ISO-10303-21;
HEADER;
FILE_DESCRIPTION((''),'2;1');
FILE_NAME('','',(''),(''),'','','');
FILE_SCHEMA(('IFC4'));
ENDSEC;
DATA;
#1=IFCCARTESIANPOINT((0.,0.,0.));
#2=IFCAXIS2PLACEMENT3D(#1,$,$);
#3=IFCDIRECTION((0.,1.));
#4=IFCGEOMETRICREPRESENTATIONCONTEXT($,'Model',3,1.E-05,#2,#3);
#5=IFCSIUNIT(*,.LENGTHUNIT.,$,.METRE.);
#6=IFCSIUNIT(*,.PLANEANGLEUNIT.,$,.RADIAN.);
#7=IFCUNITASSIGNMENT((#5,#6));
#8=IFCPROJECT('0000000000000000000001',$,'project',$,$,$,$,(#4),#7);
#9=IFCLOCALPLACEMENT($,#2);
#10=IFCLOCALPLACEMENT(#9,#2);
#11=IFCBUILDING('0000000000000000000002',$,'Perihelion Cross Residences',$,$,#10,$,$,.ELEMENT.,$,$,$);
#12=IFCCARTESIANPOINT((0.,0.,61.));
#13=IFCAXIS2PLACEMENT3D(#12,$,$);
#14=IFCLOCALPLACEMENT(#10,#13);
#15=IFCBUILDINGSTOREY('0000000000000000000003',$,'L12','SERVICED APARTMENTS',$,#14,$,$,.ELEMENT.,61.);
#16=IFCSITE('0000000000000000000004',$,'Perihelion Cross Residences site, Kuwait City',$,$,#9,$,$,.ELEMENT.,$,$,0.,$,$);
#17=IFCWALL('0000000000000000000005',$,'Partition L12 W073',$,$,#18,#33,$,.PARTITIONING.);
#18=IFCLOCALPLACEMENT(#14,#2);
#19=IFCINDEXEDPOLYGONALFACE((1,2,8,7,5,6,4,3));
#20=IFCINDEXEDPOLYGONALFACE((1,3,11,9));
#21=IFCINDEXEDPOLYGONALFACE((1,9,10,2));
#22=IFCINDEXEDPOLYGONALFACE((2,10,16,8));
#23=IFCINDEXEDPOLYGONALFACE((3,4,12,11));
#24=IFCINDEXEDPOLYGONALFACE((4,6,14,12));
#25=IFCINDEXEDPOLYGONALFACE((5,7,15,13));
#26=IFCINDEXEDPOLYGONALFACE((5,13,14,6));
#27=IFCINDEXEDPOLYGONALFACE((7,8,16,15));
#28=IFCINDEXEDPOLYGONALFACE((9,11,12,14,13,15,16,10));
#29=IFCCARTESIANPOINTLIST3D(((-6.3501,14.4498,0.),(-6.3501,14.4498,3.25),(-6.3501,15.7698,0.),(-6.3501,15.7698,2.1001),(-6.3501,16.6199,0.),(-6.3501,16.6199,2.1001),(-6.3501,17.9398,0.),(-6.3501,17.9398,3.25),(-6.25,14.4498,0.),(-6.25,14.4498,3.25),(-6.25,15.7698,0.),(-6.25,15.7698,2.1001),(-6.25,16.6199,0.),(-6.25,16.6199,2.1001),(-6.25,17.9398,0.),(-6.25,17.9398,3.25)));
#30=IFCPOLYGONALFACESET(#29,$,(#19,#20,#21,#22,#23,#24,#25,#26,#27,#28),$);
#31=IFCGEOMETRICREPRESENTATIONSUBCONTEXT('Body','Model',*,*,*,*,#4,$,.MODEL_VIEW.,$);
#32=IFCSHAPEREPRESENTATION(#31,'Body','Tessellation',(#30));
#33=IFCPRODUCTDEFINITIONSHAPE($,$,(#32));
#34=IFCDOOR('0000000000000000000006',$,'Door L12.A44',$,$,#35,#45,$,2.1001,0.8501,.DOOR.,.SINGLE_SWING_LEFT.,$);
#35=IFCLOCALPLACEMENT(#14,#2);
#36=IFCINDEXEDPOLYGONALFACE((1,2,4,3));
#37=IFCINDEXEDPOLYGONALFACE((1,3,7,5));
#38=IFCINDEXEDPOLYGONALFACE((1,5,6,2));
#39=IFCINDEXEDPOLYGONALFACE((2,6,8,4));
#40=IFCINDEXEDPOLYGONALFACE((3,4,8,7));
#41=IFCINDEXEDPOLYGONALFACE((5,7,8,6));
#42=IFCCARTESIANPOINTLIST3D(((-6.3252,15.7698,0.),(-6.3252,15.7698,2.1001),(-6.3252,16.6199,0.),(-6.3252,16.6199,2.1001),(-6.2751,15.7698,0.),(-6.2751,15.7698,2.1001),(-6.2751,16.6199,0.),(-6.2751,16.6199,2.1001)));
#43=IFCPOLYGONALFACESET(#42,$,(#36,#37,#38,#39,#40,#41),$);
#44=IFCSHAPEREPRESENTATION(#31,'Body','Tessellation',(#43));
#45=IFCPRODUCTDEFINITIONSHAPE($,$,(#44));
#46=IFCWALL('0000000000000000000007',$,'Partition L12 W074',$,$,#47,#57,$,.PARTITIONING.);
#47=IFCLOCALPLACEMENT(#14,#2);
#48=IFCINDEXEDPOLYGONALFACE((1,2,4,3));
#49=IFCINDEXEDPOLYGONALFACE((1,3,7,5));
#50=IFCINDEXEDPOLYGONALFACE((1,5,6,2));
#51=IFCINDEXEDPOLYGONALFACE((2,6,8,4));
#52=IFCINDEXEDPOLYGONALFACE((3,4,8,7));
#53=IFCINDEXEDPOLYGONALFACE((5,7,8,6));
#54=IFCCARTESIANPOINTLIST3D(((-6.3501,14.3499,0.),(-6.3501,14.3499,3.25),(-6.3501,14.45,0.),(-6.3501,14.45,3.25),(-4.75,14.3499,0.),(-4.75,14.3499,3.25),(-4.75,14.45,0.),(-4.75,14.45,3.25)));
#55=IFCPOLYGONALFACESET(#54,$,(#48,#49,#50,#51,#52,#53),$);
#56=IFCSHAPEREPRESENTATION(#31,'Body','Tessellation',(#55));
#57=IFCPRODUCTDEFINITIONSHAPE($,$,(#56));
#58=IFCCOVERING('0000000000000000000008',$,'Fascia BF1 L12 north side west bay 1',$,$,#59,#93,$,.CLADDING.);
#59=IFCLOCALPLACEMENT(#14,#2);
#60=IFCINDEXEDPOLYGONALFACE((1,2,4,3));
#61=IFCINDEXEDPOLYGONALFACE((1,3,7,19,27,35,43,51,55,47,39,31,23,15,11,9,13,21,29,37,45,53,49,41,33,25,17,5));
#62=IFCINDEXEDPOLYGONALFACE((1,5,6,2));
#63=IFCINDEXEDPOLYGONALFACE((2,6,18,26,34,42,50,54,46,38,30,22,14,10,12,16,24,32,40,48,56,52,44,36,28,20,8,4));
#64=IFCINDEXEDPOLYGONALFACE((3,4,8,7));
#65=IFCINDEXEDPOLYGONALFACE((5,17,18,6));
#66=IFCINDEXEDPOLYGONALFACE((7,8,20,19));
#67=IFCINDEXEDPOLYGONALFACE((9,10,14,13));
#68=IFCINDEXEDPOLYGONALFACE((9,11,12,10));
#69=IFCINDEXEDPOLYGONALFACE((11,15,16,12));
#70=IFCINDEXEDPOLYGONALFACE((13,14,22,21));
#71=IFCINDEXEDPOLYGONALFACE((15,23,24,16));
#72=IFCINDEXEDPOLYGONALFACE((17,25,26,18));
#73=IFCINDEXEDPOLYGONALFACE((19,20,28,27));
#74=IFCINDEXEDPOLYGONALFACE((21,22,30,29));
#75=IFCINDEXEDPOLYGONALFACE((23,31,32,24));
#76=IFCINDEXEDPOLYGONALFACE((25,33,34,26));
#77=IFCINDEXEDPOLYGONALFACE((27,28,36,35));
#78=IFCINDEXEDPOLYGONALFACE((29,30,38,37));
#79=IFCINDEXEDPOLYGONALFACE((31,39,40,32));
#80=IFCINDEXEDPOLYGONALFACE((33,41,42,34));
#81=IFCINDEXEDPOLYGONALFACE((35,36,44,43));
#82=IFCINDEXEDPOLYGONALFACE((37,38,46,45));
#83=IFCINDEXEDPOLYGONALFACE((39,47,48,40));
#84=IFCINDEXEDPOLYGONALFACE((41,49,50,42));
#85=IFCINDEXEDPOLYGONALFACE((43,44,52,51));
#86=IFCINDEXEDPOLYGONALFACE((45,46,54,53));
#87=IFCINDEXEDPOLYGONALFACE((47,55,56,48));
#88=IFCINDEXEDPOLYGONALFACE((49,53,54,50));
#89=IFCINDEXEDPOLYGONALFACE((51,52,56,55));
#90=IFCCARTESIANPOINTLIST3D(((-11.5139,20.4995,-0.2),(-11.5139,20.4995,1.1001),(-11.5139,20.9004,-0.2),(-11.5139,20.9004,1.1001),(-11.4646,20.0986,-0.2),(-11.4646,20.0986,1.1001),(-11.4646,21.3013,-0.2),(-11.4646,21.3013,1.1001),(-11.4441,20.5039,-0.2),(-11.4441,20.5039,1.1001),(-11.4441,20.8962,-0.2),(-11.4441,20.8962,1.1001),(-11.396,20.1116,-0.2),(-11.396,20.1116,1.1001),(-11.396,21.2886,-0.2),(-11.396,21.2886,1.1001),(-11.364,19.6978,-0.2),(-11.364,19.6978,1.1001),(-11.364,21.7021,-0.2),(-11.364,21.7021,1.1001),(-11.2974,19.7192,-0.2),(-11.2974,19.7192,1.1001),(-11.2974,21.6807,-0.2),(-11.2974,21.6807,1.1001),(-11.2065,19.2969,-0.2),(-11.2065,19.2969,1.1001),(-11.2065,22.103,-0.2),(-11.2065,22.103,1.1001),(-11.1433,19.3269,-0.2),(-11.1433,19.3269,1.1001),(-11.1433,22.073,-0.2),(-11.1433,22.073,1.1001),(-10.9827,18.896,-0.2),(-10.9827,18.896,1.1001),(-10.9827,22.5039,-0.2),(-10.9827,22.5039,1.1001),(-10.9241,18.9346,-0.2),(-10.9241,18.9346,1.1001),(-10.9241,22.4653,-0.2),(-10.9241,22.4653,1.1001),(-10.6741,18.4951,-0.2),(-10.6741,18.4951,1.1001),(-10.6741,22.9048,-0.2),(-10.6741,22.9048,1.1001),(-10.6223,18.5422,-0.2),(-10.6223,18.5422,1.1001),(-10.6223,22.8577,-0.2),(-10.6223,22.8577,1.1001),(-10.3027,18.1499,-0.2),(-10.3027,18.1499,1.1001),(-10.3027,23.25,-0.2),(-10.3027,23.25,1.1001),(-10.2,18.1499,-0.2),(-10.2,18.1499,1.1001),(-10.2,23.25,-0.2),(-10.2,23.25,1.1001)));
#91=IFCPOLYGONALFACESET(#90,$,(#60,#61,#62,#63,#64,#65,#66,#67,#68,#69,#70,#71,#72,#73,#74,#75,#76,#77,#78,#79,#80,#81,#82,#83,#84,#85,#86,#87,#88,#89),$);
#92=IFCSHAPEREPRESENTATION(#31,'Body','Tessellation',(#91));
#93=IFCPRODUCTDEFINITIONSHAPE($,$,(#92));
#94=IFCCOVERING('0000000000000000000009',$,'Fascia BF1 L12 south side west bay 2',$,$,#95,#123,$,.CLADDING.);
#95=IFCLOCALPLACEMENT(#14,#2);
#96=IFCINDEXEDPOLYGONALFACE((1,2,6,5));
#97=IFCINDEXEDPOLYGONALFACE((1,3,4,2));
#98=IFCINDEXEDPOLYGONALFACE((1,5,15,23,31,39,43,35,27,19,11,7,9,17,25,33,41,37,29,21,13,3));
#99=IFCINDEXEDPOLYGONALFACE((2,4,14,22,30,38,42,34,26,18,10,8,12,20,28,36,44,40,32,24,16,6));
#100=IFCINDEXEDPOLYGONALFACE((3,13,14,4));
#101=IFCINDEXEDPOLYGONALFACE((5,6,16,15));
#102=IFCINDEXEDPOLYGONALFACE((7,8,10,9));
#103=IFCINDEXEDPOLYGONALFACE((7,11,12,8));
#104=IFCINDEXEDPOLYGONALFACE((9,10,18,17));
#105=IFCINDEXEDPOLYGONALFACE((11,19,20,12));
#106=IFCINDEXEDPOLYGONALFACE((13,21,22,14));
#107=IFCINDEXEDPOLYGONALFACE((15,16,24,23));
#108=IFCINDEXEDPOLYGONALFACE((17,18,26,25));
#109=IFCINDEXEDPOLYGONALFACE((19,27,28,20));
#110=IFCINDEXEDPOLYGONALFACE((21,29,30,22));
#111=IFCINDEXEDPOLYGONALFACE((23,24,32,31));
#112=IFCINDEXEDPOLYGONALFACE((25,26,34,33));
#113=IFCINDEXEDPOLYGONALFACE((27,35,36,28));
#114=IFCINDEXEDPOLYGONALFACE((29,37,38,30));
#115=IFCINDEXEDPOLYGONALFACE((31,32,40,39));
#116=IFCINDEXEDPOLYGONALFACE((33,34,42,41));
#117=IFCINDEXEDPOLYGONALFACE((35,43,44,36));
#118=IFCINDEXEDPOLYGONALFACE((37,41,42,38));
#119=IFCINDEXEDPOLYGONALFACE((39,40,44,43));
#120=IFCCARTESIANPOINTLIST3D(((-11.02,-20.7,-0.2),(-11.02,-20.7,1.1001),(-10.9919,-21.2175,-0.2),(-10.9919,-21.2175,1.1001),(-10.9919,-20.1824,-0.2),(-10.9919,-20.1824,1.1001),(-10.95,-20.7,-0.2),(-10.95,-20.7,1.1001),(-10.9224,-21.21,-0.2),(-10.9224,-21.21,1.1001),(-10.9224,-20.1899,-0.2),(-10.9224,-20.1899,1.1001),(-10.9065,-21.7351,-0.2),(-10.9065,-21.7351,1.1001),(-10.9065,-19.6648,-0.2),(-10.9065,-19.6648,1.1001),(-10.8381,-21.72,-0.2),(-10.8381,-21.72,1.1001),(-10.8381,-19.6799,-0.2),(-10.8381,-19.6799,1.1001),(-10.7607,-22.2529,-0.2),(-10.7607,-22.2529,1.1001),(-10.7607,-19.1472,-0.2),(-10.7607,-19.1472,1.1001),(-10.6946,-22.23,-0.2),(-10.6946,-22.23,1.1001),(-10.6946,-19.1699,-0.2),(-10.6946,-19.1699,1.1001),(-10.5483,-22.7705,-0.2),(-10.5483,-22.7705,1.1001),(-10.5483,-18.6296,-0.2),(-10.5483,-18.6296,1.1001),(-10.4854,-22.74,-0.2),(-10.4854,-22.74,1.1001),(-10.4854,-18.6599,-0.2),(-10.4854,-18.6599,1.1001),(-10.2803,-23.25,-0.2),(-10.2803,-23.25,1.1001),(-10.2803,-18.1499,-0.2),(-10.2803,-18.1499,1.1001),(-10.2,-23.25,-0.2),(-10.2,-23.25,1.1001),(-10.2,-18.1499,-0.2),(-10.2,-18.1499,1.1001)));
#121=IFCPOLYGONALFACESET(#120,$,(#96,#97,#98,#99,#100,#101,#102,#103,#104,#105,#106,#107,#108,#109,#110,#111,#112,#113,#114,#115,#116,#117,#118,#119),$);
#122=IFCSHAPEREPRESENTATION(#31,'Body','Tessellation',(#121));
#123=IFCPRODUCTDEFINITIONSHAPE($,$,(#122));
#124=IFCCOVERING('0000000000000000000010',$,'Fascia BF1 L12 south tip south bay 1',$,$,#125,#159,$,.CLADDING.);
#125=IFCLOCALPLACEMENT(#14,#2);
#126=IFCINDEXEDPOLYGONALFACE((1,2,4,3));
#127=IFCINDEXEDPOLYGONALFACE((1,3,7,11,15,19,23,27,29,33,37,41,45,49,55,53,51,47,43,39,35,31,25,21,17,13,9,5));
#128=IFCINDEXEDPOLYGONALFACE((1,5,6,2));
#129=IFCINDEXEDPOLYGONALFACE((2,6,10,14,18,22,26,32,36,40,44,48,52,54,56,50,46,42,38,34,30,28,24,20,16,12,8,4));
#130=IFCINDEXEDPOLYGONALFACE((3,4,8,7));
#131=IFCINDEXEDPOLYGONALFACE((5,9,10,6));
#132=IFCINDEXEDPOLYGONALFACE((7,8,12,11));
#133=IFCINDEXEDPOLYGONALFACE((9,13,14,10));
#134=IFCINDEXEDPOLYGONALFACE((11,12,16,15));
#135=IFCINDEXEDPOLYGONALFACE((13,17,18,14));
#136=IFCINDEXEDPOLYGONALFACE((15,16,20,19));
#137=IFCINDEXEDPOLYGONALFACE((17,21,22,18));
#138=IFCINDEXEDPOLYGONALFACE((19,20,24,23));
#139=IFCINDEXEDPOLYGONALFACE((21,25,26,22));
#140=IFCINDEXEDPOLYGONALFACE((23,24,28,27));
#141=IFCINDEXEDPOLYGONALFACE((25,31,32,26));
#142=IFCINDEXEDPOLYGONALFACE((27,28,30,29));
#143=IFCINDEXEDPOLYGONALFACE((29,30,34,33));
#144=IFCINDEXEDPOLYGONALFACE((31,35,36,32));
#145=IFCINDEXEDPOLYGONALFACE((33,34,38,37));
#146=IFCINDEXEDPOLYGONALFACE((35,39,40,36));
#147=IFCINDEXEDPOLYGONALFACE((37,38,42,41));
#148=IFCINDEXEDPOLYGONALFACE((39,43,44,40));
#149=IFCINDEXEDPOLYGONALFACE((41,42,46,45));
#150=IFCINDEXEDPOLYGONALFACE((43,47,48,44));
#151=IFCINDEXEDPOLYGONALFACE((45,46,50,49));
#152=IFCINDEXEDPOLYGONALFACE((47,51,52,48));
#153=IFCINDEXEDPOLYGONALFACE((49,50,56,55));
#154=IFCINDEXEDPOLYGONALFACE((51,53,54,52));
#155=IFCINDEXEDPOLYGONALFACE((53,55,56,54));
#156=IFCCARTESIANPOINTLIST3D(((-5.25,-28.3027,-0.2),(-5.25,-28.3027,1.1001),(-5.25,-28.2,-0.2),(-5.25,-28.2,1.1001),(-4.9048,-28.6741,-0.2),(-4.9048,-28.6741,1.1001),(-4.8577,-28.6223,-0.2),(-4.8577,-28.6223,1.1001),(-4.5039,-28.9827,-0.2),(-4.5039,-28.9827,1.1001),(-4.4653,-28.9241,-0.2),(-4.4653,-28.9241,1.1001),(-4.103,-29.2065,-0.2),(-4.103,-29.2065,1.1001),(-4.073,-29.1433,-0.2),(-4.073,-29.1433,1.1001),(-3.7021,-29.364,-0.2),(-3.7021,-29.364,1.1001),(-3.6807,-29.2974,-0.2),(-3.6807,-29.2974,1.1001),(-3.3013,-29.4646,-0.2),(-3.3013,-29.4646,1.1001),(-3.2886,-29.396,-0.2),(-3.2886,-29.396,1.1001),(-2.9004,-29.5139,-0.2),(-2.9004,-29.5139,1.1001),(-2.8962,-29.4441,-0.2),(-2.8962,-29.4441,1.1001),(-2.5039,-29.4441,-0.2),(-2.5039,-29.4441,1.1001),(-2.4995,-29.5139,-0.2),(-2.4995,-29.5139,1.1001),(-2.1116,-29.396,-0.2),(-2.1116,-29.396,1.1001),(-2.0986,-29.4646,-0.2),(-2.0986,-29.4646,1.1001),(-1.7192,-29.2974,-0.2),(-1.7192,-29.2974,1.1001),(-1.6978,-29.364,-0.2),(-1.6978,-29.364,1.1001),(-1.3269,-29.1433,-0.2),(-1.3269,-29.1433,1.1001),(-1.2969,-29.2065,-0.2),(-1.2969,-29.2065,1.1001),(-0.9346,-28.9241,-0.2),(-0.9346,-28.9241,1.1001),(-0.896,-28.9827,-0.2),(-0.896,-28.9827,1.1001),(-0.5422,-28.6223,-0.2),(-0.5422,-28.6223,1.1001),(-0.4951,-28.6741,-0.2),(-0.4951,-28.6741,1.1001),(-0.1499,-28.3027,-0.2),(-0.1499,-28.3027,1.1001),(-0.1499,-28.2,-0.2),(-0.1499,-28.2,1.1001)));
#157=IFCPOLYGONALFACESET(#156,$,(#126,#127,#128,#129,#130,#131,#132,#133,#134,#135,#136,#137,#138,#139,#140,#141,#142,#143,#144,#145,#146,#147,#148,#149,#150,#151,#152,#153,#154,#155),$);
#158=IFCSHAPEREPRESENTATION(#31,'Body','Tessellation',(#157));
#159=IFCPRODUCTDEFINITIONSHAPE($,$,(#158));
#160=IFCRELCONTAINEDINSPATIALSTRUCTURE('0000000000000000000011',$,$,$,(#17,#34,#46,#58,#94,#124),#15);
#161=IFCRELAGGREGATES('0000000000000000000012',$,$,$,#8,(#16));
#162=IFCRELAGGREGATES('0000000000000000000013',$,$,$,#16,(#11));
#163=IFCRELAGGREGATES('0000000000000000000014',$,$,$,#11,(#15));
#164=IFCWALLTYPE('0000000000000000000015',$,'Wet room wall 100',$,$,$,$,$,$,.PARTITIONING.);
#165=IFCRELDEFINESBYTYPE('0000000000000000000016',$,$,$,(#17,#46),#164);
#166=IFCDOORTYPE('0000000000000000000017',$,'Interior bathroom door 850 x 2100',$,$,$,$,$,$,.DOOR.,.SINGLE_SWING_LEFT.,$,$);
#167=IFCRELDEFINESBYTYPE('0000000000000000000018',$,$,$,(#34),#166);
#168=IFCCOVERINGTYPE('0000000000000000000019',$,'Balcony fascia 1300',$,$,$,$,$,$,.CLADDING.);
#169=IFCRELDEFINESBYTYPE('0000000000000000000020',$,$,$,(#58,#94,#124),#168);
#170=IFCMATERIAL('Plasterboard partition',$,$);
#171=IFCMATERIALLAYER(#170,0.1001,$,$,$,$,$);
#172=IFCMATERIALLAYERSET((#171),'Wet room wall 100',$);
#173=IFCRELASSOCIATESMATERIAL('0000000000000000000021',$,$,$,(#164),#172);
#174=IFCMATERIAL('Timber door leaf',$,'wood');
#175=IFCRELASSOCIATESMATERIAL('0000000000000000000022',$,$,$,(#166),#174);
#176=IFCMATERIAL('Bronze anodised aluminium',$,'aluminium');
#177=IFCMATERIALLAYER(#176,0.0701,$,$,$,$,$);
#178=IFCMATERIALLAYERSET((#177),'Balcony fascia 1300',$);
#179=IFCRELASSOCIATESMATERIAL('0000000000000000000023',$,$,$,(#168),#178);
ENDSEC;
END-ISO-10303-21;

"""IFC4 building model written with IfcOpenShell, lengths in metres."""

from ifc_helpers import new_model, si_unit, direction, frame, frame_2d, origin, place, context, subcontext, project, spatial, polyline, rectangle, outline, extrude, material, layer, layer_set, type_object, element, fill, save


model = new_model("IFC4")

# Units and contexts
model_context = context("Model", 3, precision=1e-05, world=origin(), true_north=direction((0.0, 1.0)))
body_context = subcontext(model_context, "Body", "Model", "MODEL_VIEW")
ifc_project = project(units=[si_unit("LENGTHUNIT", "METRE"), si_unit("PLANEANGLEUNIT", "RADIAN")], contexts=[model_context])

# Site, building, storey
site_placement = place(None, origin())
site = spatial("IfcSite", under=ifc_project, at=site_placement, Name="Perihelion Cross Residences site, Kuwait City", CompositionType="ELEMENT", RefElevation=0.0)
building_placement = place(site_placement, origin())
building = spatial("IfcBuilding", under=site, at=building_placement, Name="Perihelion Cross Residences", CompositionType="ELEMENT")
storey_placement = place(building_placement, frame((0.0, 0.0, 61.0)))
storey = spatial("IfcBuildingStorey", under=building, at=storey_placement, Name="L12", Description="SERVICED APARTMENTS", CompositionType="ELEMENT", Elevation=61.0)

# Shared definitions
ifc_material_1 = material(Name="Plasterboard partition")
ifc_layer_1 = layer(ifc_material_1, 0.1001)
ifc_layer_set_1 = layer_set([ifc_layer_1], Name="Wet room wall 100")
wall_type_1 = type_object("IfcWallType", Name="Wet room wall 100", PredefinedType="PARTITIONING", material=ifc_layer_set_1)
ifc_material_2 = material(Name="Timber door leaf", Category="wood")
door_type_1 = type_object("IfcDoorType", Name="Interior bathroom door 850 x 2100", OperationType="SINGLE_SWING_LEFT", PredefinedType="DOOR", material=ifc_material_2)

# Wall, opening, door
wall_1_placement = place(storey_placement, frame((-6.3, 17.9399, 0.0), z_axis=(0.0, 0.0, 1.0), x_axis=(0.0, -1.0, 0.0)))
wall_1 = element("IfcWall", 1, at=wall_1_placement, inside=storey, type_object=wall_type_1, Name="Partition L12 W073", PredefinedType="PARTITIONING", context=body_context, shape_type="SweptSolid", body=[
    extrude(rectangle(XDim=3.49, YDim=0.1001, at=frame_2d((1.7451, 0.0))), origin(), (0.0, 0.0, 1.0), 3.25),
])
opening_1_placement = place(wall_1_placement, frame((1.3201, 0.0, 0.0)))
opening_1 = element("IfcOpeningElement", 2, at=opening_1_placement, cuts=wall_1, PredefinedType="OPENING", context=body_context, shape_type="SweptSolid", body=[
    extrude(rectangle(XDim=0.8501, YDim=2.1001, at=frame_2d((0.425, 1.05))), frame((0.0, 0.0601, 0.0), z_axis=(0.0, -1.0, 0.0), x_axis=(1.0, 0.0, 0.0)), (0.0, 0.0, 1.0), 0.1201),
])
door_1_placement = place(opening_1_placement, origin())
door_1 = element("IfcDoor", 3, at=door_1_placement, inside=storey, type_object=door_type_1, Name="Door L12.A44", OperationType="SINGLE_SWING_LEFT", OverallHeight=2.1001, OverallWidth=0.8501, PredefinedType="DOOR", context=body_context, shape_type="SweptSolid", body=[
    extrude(rectangle(XDim=0.8501, YDim=2.1001, at=frame_2d((0.425, 1.05))), frame((0.0, 0.0249, 0.0), z_axis=(0.0, -1.0, 0.0), x_axis=(1.0, 0.0, 0.0)), (0.0, 0.0, 1.0), 0.05),
])
fill(opening_1, door_1)

# Wall
wall_2_placement = place(storey_placement, frame((-6.3501, 14.3999, 0.0), z_axis=(0.0, 0.0, 1.0), x_axis=(1.0, 0.0, 0.0)))
element("IfcWall", 4, at=wall_2_placement, inside=storey, type_object=wall_type_1, Name="Partition L12 W074", PredefinedType="PARTITIONING", context=body_context, shape_type="SweptSolid", body=[
    extrude(rectangle(XDim=1.6001, YDim=0.1001, at=frame_2d((0.8, 0.0))), origin(), (0.0, 0.0, 1.0), 3.25),
])

# Coverings
ifc_material_3 = material(Name="Bronze anodised aluminium", Category="aluminium")
ifc_layer_2 = layer(ifc_material_3, 0.0701)
ifc_layer_set_2 = layer_set([ifc_layer_2], Name="Balcony fascia 1300")
covering_type_1 = type_object("IfcCoveringType", Name="Balcony fascia 1300", PredefinedType="CLADDING", material=ifc_layer_set_2)
covering_1_placement = place(storey_placement, frame((0.0, 0.0, -0.2)))
element("IfcCovering", 5, at=covering_1_placement, inside=storey, type_object=covering_type_1, Name="Fascia BF1 L12 north side west bay 1", PredefinedType="CLADDING", context=body_context, shape_type="SweptSolid", body=[
    extrude(outline(polyline([(-10.6741, 22.9048), (-10.9827, 22.5039), (-11.2065, 22.103), (-11.364, 21.7021), (-11.4646, 21.3013), (-11.5139, 20.9004), (-11.5139, 20.4995), (-11.4646, 20.0986), (-11.364, 19.6978), (-11.2065, 19.2969), (-10.9827, 18.896), (-10.6741, 18.4951), (-10.3027, 18.1499), (-10.2, 18.1499), (-10.6223, 18.5422), (-10.9241, 18.9346), (-11.1433, 19.3269), (-11.2974, 19.7192), (-11.396, 20.1116), (-11.4441, 20.5039), (-11.4441, 20.8962), (-11.396, 21.2886), (-11.2974, 21.6807), (-11.1433, 22.073), (-10.9241, 22.4653), (-10.6223, 22.8577), (-10.2, 23.25), (-10.3027, 23.25), (-10.6741, 22.9048)])), origin(), (0.0, 0.0, 1.0), 1.3),
])
covering_2_placement = place(storey_placement, frame((0.0, 0.0, -0.2)))
element("IfcCovering", 6, at=covering_2_placement, inside=storey, type_object=covering_type_1, Name="Fascia BF1 L12 south side west bay 2", PredefinedType="CLADDING", context=body_context, shape_type="SweptSolid", body=[
    extrude(outline(polyline([(-10.5483, -18.6296), (-10.7607, -19.1472), (-10.9065, -19.6648), (-10.9919, -20.1824), (-11.02, -20.7), (-10.9919, -21.2175), (-10.9065, -21.7351), (-10.7607, -22.2529), (-10.5483, -22.7705), (-10.2803, -23.25), (-10.2, -23.25), (-10.4854, -22.74), (-10.6946, -22.23), (-10.8381, -21.72), (-10.9224, -21.21), (-10.95, -20.7), (-10.9224, -20.1899), (-10.8381, -19.6799), (-10.6946, -19.1699), (-10.4854, -18.6599), (-10.2, -18.1499), (-10.2803, -18.1499), (-10.5483, -18.6296)])), origin(), (0.0, 0.0, 1.0), 1.3),
])
covering_3_placement = place(storey_placement, frame((0.0, 0.0, -0.2)))
element("IfcCovering", 7, at=covering_3_placement, inside=storey, type_object=covering_type_1, Name="Fascia BF1 L12 south tip south bay 1", PredefinedType="CLADDING", context=body_context, shape_type="SweptSolid", body=[
    extrude(outline(polyline([(-4.9048, -28.6741), (-4.5039, -28.9827), (-4.103, -29.2065), (-3.7021, -29.364), (-3.3013, -29.4646), (-2.9004, -29.5139), (-2.4995, -29.5139), (-2.0986, -29.4646), (-1.6978, -29.364), (-1.2969, -29.2065), (-0.896, -28.9827), (-0.4951, -28.6741), (-0.1499, -28.3027), (-0.1499, -28.2), (-0.5422, -28.6223), (-0.9346, -28.9241), (-1.3269, -29.1433), (-1.7192, -29.2974), (-2.1116, -29.396), (-2.5039, -29.4441), (-2.8962, -29.4441), (-3.2886, -29.396), (-3.6807, -29.2974), (-4.073, -29.1433), (-4.4653, -28.9241), (-4.8577, -28.6223), (-5.25, -28.2), (-5.25, -28.3027), (-4.9048, -28.6741)])), origin(), (0.0, 0.0, 1.0), 1.3),
])

save(model, "model.ifc")
